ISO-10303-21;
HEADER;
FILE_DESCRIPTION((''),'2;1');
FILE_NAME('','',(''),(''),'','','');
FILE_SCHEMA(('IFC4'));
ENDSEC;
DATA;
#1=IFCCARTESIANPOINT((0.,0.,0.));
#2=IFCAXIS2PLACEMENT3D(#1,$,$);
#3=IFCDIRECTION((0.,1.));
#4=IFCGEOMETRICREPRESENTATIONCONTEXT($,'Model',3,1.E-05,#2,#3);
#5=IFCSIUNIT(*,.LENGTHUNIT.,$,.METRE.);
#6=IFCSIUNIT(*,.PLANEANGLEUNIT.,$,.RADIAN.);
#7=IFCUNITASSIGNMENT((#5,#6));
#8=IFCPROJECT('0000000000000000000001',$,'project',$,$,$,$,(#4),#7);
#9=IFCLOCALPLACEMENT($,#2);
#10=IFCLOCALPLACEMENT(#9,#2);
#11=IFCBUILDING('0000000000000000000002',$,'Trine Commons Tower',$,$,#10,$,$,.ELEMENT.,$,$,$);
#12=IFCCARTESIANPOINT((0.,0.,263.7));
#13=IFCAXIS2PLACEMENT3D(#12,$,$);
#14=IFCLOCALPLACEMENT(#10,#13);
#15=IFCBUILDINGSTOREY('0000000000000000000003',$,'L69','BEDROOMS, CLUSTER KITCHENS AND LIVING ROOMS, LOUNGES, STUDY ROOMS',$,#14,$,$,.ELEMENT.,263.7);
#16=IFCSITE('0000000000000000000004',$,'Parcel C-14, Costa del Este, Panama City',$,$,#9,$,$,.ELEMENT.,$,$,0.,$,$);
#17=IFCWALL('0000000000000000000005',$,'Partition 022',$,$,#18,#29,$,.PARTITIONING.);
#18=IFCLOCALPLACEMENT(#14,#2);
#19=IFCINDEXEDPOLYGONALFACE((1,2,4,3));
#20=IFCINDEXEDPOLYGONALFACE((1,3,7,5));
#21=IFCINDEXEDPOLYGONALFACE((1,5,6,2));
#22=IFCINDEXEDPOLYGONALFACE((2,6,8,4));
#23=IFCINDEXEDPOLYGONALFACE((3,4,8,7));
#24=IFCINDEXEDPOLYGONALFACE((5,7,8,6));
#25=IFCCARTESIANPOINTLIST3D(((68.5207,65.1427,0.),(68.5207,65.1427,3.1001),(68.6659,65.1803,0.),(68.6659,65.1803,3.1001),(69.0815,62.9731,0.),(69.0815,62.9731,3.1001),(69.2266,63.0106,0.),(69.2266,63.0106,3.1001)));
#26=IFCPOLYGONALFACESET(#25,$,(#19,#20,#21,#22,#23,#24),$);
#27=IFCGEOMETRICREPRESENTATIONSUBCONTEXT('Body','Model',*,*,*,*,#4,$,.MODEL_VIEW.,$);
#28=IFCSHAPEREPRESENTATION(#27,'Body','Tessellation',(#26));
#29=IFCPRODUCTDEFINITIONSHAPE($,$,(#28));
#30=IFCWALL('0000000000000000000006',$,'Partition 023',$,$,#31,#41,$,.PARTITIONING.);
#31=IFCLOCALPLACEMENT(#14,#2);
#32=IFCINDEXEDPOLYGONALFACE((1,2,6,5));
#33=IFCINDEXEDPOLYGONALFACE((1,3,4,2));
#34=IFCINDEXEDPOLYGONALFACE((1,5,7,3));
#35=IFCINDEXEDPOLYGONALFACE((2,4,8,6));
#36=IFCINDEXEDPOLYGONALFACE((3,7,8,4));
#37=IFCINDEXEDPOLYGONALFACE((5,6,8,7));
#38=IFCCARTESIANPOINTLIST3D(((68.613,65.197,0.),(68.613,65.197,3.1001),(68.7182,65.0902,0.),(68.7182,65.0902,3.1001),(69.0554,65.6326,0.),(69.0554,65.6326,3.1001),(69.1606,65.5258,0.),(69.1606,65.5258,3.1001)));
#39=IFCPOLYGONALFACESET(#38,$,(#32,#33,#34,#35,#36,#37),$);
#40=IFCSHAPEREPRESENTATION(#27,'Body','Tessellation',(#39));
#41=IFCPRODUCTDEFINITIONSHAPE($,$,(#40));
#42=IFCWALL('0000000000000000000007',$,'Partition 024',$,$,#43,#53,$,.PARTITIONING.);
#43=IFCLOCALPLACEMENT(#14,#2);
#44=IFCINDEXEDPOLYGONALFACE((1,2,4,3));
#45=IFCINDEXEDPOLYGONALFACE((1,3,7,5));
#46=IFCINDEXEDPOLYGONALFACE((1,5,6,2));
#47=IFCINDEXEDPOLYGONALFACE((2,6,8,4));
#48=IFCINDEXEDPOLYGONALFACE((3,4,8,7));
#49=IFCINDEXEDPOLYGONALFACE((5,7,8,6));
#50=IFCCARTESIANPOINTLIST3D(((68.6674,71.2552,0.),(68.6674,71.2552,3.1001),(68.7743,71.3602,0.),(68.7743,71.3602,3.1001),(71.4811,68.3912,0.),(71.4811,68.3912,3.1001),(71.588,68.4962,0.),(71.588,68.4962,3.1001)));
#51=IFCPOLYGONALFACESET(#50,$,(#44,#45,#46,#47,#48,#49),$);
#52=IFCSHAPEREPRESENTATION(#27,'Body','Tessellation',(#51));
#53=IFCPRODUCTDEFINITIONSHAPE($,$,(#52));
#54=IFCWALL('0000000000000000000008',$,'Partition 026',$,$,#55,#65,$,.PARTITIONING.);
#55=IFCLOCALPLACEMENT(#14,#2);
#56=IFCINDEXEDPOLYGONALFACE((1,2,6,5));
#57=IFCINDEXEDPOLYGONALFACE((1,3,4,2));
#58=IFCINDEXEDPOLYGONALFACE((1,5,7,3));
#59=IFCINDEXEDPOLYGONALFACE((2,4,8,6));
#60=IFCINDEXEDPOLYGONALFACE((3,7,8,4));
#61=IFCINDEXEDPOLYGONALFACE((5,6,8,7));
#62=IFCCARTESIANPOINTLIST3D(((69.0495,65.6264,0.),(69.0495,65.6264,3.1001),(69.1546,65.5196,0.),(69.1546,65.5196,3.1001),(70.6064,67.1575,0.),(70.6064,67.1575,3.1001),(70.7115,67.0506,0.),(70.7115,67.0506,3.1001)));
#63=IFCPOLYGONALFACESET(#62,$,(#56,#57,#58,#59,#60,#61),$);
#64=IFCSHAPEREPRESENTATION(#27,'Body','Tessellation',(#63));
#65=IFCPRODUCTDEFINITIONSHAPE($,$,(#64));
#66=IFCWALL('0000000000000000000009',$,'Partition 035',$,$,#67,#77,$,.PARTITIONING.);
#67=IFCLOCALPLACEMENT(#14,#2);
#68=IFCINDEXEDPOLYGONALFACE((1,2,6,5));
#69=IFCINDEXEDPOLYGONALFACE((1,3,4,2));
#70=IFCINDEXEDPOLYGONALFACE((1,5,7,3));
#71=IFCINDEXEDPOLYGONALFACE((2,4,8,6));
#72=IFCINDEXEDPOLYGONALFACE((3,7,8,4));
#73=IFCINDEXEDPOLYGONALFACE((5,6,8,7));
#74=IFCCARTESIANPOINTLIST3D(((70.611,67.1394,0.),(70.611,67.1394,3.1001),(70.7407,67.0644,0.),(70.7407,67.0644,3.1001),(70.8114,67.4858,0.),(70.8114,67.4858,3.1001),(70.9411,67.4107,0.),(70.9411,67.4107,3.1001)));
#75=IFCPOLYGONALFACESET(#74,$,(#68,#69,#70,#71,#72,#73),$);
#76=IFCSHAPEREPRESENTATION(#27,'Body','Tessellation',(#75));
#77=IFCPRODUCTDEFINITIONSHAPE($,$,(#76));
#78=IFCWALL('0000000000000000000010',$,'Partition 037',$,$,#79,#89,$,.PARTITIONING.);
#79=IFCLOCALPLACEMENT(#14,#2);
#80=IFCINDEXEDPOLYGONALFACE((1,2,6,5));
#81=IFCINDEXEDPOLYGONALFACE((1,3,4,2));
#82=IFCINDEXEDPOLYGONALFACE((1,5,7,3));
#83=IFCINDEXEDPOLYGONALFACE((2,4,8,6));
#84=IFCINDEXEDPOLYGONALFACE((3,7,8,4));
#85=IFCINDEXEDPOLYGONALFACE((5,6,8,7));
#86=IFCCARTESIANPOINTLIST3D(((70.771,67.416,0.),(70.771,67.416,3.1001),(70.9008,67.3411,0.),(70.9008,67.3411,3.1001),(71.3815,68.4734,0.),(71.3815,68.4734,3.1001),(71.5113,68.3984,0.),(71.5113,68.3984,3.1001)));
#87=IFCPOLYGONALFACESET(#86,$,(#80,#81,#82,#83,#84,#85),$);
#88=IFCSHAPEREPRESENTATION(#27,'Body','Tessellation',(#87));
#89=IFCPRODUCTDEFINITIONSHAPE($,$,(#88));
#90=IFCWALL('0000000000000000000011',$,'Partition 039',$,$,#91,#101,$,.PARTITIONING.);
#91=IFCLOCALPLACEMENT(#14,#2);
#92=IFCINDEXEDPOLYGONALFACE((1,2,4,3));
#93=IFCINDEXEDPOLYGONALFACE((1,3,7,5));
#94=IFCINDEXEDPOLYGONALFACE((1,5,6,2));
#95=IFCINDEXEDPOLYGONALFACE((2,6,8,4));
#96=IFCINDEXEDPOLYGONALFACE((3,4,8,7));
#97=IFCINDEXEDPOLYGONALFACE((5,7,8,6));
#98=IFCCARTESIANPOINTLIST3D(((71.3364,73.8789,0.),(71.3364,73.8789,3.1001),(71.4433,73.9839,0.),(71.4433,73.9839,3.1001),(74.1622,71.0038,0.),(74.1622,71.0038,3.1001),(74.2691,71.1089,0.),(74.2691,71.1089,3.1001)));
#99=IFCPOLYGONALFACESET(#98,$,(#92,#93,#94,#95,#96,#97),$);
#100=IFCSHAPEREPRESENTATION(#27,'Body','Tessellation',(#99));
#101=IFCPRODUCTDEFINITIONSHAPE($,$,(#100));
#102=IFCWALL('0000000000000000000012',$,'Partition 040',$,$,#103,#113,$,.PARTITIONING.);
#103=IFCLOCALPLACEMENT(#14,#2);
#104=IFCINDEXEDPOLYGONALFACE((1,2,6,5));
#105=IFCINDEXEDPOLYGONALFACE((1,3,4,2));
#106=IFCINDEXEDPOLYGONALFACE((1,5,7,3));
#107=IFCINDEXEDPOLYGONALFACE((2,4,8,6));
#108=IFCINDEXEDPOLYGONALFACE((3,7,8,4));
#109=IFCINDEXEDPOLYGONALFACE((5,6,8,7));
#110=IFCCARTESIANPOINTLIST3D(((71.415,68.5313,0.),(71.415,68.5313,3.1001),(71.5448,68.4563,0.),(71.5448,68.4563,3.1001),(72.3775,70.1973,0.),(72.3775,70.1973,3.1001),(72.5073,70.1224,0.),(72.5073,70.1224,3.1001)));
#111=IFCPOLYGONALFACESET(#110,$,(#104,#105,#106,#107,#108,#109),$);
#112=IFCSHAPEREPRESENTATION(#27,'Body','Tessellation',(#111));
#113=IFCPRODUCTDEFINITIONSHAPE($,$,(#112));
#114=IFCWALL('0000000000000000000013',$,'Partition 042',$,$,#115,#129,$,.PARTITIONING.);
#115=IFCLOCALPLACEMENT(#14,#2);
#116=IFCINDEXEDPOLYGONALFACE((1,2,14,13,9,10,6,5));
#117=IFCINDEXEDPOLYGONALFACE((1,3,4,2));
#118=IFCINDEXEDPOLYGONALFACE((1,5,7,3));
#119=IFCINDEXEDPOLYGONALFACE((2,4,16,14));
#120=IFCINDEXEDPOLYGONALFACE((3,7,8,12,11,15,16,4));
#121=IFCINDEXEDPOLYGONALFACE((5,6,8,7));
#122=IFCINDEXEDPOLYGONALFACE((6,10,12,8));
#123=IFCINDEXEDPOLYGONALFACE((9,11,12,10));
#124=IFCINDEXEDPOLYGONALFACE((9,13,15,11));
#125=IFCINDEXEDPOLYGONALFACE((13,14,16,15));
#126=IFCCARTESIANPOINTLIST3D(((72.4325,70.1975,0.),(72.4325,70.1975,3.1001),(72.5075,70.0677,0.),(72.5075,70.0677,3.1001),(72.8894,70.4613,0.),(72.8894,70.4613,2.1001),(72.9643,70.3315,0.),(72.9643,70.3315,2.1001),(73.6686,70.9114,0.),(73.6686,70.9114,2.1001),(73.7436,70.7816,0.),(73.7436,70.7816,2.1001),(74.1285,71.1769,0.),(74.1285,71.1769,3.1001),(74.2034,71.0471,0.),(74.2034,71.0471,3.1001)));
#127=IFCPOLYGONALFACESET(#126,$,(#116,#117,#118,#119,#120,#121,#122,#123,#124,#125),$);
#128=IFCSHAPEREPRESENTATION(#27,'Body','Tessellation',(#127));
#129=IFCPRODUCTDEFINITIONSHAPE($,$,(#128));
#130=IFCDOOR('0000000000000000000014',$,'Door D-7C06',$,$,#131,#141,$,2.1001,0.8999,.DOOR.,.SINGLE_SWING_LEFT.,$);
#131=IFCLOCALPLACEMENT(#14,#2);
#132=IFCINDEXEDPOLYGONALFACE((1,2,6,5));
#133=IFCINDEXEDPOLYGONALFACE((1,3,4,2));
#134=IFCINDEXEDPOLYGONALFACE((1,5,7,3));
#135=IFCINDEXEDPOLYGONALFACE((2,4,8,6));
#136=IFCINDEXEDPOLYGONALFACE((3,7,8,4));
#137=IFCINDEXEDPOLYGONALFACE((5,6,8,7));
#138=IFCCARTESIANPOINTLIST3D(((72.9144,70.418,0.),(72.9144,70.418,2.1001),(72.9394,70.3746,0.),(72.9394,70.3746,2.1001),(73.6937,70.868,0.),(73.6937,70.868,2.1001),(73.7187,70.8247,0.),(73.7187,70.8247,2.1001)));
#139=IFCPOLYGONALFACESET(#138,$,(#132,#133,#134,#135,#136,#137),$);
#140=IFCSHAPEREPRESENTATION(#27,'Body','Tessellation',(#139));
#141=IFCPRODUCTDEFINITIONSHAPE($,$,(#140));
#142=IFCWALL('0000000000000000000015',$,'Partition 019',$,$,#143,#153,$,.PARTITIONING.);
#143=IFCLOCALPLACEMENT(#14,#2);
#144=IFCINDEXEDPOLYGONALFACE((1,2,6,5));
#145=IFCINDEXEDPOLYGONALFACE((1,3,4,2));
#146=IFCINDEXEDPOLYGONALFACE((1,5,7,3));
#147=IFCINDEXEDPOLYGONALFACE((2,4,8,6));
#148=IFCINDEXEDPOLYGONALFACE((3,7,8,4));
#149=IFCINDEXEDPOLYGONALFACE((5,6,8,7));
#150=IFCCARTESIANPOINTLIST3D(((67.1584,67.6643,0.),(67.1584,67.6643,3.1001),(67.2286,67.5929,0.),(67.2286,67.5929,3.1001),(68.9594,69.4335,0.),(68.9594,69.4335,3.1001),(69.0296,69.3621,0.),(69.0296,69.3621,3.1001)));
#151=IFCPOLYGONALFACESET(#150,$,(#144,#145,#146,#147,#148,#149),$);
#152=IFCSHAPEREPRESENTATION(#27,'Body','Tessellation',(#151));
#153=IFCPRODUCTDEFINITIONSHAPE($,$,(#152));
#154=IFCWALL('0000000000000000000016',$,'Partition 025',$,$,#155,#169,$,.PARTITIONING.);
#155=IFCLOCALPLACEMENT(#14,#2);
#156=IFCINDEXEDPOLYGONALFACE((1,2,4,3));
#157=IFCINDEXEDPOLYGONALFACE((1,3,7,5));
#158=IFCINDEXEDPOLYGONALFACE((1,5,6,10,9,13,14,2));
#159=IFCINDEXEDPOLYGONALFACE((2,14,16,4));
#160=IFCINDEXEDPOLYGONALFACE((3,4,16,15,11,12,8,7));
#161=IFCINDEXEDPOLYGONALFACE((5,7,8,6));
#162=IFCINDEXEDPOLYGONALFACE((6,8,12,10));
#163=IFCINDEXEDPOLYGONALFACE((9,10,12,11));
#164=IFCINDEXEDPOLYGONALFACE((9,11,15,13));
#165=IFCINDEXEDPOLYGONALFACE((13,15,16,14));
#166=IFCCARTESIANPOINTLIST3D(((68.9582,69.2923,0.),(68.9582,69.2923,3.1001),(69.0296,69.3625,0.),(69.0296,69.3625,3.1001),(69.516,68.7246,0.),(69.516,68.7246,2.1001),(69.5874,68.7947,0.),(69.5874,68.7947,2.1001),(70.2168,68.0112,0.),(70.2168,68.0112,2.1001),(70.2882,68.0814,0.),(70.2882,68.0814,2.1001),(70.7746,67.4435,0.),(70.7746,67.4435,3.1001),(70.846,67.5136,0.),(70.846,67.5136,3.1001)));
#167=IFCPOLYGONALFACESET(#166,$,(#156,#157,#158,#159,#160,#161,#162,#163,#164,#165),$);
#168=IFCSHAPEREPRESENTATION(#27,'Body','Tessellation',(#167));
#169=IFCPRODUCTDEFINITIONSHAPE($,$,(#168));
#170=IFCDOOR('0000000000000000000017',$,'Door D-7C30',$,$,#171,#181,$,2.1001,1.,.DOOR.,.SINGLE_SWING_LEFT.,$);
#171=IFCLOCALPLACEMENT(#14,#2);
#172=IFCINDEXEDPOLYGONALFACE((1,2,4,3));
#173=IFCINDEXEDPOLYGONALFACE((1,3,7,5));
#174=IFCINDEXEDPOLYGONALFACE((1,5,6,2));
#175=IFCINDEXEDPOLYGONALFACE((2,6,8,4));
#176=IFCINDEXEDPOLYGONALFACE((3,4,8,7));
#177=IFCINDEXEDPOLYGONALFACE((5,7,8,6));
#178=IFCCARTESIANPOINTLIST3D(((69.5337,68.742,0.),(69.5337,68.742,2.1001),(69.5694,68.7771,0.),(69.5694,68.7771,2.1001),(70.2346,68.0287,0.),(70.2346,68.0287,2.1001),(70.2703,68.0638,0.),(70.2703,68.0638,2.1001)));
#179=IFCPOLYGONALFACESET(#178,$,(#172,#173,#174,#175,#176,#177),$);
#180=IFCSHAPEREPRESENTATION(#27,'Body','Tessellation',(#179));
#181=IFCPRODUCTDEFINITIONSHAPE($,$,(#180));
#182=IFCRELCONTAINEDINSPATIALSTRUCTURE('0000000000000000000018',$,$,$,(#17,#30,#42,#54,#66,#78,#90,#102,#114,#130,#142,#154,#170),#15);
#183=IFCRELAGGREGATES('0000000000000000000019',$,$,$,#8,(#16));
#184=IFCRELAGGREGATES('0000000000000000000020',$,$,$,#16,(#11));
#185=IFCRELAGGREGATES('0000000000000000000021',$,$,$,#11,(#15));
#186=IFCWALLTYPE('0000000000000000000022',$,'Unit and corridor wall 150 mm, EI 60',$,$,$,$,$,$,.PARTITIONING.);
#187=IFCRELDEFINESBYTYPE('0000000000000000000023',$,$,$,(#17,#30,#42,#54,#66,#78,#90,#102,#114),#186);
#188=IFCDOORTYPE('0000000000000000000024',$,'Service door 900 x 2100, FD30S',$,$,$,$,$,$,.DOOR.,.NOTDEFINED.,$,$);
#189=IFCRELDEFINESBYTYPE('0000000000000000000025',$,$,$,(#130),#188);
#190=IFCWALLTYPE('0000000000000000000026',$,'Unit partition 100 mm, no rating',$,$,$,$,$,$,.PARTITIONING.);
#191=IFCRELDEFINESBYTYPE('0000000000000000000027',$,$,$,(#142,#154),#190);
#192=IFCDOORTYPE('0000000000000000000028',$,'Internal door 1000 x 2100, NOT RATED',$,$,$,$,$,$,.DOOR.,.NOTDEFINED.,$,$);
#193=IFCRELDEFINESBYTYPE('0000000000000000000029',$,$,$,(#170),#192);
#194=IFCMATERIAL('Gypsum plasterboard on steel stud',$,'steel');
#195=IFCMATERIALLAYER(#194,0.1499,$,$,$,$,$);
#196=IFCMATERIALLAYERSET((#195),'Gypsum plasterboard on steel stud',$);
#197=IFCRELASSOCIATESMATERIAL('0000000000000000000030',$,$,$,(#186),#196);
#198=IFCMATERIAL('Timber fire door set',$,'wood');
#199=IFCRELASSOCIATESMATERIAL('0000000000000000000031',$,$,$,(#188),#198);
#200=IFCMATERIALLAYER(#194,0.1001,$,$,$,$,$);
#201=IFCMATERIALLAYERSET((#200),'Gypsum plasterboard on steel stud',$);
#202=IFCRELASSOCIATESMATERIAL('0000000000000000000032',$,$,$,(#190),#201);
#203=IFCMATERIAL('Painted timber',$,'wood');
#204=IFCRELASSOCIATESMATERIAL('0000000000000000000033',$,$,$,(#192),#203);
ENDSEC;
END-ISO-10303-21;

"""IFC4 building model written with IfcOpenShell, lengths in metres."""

from ifc_helpers import new_model, si_unit, direction, frame, frame_2d, origin, place, context, subcontext, project, spatial, rectangle, extrude, material, layer, layer_set, type_object, element, fill, save


model = new_model("IFC4")

# Units and contexts
model_context = context("Model", 3, precision=1e-05, world=origin(), true_north=direction((0.0, 1.0)))
body_context = subcontext(model_context, "Body", "Model", "MODEL_VIEW")
ifc_project = project(units=[si_unit("LENGTHUNIT", "METRE"), si_unit("PLANEANGLEUNIT", "RADIAN")], contexts=[model_context])

# Site, building, storey
site_placement = place(None, origin())
site = spatial("IfcSite", under=ifc_project, at=site_placement, Name="Parcel C-14, Costa del Este, Panama City", CompositionType="ELEMENT", RefElevation=0.0)
building_placement = place(site_placement, origin())
building = spatial("IfcBuilding", under=site, at=building_placement, Name="Trine Commons Tower", CompositionType="ELEMENT")
storey_placement = place(building_placement, frame((0.0, 0.0, 263.7)))
storey = spatial("IfcBuildingStorey", under=building, at=storey_placement, Name="L69", Description="BEDROOMS, CLUSTER KITCHENS AND LIVING ROOMS, LOUNGES, STUDY ROOMS", CompositionType="ELEMENT", Elevation=263.7)

# Shared definitions
ifc_material_1 = material(Name="Gypsum plasterboard on steel stud", Category="steel")
ifc_layer_1 = layer(ifc_material_1, 0.1499)
ifc_layer_set_1 = layer_set([ifc_layer_1], Name="Gypsum plasterboard on steel stud")
wall_type_1 = type_object("IfcWallType", Name="Unit and corridor wall 150 mm, EI 60", PredefinedType="PARTITIONING", material=ifc_layer_set_1)
ifc_material_2 = material(Name="Timber fire door set", Category="wood")

# Walls
wall_1_placement = place(storey_placement, frame((68.5933, 65.1616, 0.0), z_axis=(0.0, 0.0, 1.0), x_axis=(0.250244, -0.968183, 0.0)))
element("IfcWall", 1, at=wall_1_placement, inside=storey, type_object=wall_type_1, Name="Partition 022", PredefinedType="PARTITIONING", context=body_context, shape_type="SweptSolid", body=[
    extrude(rectangle(XDim=2.241, YDim=0.1499, at=frame_2d((1.1206, 0.0))), origin(), (0.0, 0.0, 1.0), 3.1001),
])
wall_2_placement = place(storey_placement, frame((68.6655, 65.1436, 0.0), z_axis=(0.0, 0.0, 1.0), x_axis=(0.712591, 0.70158, 0.0)))
element("IfcWall", 2, at=wall_2_placement, inside=storey, type_object=wall_type_1, Name="Partition 023", PredefinedType="PARTITIONING", context=body_context, shape_type="SweptSolid", body=[
    extrude(rectangle(XDim=0.6208, YDim=0.1499, at=frame_2d((0.3105, 0.0))), origin(), (0.0, 0.0, 1.0), 3.1001),
])
wall_3_placement = place(storey_placement, frame((68.7209, 71.3076, 0.0), z_axis=(0.0, 0.0, 1.0), x_axis=(0.700816, -0.713342, 0.0)))
element("IfcWall", 3, at=wall_3_placement, inside=storey, type_object=wall_type_1, Name="Partition 024", PredefinedType="PARTITIONING", context=body_context, shape_type="SweptSolid", body=[
    extrude(rectangle(XDim=4.0149, YDim=0.1499, at=frame_2d((2.0073, 0.0))), origin(), (0.0, 0.0, 1.0), 3.1001),
])
wall_4_placement = place(storey_placement, frame((69.1021, 65.573, 0.0), z_axis=(0.0, 0.0, 1.0), x_axis=(0.713008, 0.701156, 0.0)))
element("IfcWall", 4, at=wall_4_placement, inside=storey, type_object=wall_type_1, Name="Partition 026", PredefinedType="PARTITIONING", context=body_context, shape_type="SweptSolid", body=[
    extrude(rectangle(XDim=2.1836, YDim=0.1499, at=frame_2d((1.0918, 0.0))), origin(), (0.0, 0.0, 1.0), 3.1001),
])
wall_5_placement = place(storey_placement, frame((70.6758, 67.1018, 0.0), z_axis=(0.0, 0.0, 1.0), x_axis=(0.500796, 0.865565, 0.0)))
element("IfcWall", 5, at=wall_5_placement, inside=storey, type_object=wall_type_1, Name="Partition 035", PredefinedType="PARTITIONING", context=body_context, shape_type="SweptSolid", body=[
    extrude(rectangle(XDim=0.4001, YDim=0.1499, at=frame_2d((0.2002, 0.0))), origin(), (0.0, 0.0, 1.0), 3.1001),
])
wall_6_placement = place(storey_placement, frame((70.8359, 67.3787, 0.0), z_axis=(0.0, 0.0, 1.0), x_axis=(0.500074, 0.865982, 0.0)))
element("IfcWall", 6, at=wall_6_placement, inside=storey, type_object=wall_type_1, Name="Partition 037", PredefinedType="PARTITIONING", context=body_context, shape_type="SweptSolid", body=[
    extrude(rectangle(XDim=1.2209, YDim=0.1499, at=frame_2d((0.6104, 0.0))), origin(), (0.0, 0.0, 1.0), 3.1001),
])
wall_7_placement = place(storey_placement, frame((71.3899, 73.9314, 0.0), z_axis=(0.0, 0.0, 1.0), x_axis=(0.700963, -0.713197, 0.0)))
element("IfcWall", 7, at=wall_7_placement, inside=storey, type_object=wall_type_1, Name="Partition 039", PredefinedType="PARTITIONING", context=body_context, shape_type="SweptSolid", body=[
    extrude(rectangle(XDim=4.0312, YDim=0.1499, at=frame_2d((2.0156, 0.0))), origin(), (0.0, 0.0, 1.0), 3.1001),
])
wall_8_placement = place(storey_placement, frame((71.48, 68.4939, 0.0), z_axis=(0.0, 0.0, 1.0), x_axis=(0.500206, 0.865907, 0.0)))
element("IfcWall", 8, at=wall_8_placement, inside=storey, type_object=wall_type_1, Name="Partition 040", PredefinedType="PARTITIONING", context=body_context, shape_type="SweptSolid", body=[
    extrude(rectangle(XDim=1.9241, YDim=0.1499, at=frame_2d((0.9619, 0.0))), origin(), (0.0, 0.0, 1.0), 3.1001),
])

# Wall, opening, door
wall_9_placement = place(storey_placement, frame((72.47, 70.1326, 0.0), z_axis=(0.0, 0.0, 1.0), x_axis=(0.865963, 0.500107, 0.0)))
wall_9 = element("IfcWall", 9, at=wall_9_placement, inside=storey, type_object=wall_type_1, Name="Partition 042", PredefinedType="PARTITIONING", context=body_context, shape_type="SweptSolid", body=[
    extrude(rectangle(XDim=1.9585, YDim=0.1499, at=frame_2d((0.9792, 0.0))), origin(), (0.0, 0.0, 1.0), 3.1001),
])
opening_1_placement = place(wall_9_placement, frame((0.5276, 0.0, 0.0)))
opening_1 = element("IfcOpeningElement", 10, at=opening_1_placement, cuts=wall_9, PredefinedType="OPENING", context=body_context, shape_type="SweptSolid", body=[
    extrude(rectangle(XDim=0.8999, YDim=2.1001, at=frame_2d((0.45, 1.05))), frame((0.0, 0.085, 0.0), z_axis=(0.0, -1.0, 0.0), x_axis=(1.0, 0.0, 0.0)), (0.0, 0.0, 1.0), 0.1699),
])
door_type_1 = type_object("IfcDoorType", Name="Service door 900 x 2100, FD30S", OperationType="NOTDEFINED", PredefinedType="DOOR", material=ifc_material_2)
door_1_placement = place(opening_1_placement, origin())
door_1 = element("IfcDoor", 11, at=door_1_placement, inside=storey, type_object=door_type_1, Name="Door D-7C06", OperationType="SINGLE_SWING_LEFT", OverallHeight=2.1001, OverallWidth=0.8999, PredefinedType="DOOR", context=body_context, shape_type="SweptSolid", body=[
    extrude(rectangle(XDim=0.8999, YDim=2.1001, at=frame_2d((0.45, 1.05))), frame((0.0, 0.0249, 0.0), z_axis=(0.0, -1.0, 0.0), x_axis=(1.0, 0.0, 0.0)), (0.0, 0.0, 1.0), 0.05),
])
fill(opening_1, door_1)

# Wall
ifc_layer_2 = layer(ifc_material_1, 0.1001)
ifc_layer_set_2 = layer_set([ifc_layer_2], Name="Gypsum plasterboard on steel stud")
wall_type_2 = type_object("IfcWallType", Name="Unit partition 100 mm, no rating", PredefinedType="PARTITIONING", material=ifc_layer_set_2)
wall_10_placement = place(storey_placement, frame((67.1936, 67.6287, 0.0), z_axis=(0.0, 0.0, 1.0), x_axis=(0.713364, 0.700793, 0.0)))
element("IfcWall", 12, at=wall_10_placement, inside=storey, type_object=wall_type_2, Name="Partition 019", PredefinedType="PARTITIONING", context=body_context, shape_type="SweptSolid", body=[
    extrude(rectangle(XDim=2.5247, YDim=0.1001, at=frame_2d((1.2622, 0.0))), origin(), (0.0, 0.0, 1.0), 3.1001),
])

# Wall, opening, door
wall_11_placement = place(storey_placement, frame((68.9939, 69.3274, 0.0), z_axis=(0.0, 0.0, 1.0), x_axis=(0.700815, -0.713343, 0.0)))
wall_11 = element("IfcWall", 13, at=wall_11_placement, inside=storey, type_object=wall_type_2, Name="Partition 025", PredefinedType="PARTITIONING", context=body_context, shape_type="SweptSolid", body=[
    extrude(rectangle(XDim=2.5918, YDim=0.1001, at=frame_2d((1.2959, 0.0))), origin(), (0.0, 0.0, 1.0), 3.1001),
])
opening_2_placement = place(wall_11_placement, frame((0.7959, 0.0, 0.0)))
opening_2 = element("IfcOpeningElement", 14, at=opening_2_placement, cuts=wall_11, PredefinedType="OPENING", context=body_context, shape_type="SweptSolid", body=[
    extrude(rectangle(XDim=1.0, YDim=2.1001, at=frame_2d((0.5, 1.05))), frame((0.0, 0.0601, 0.0), z_axis=(0.0, -1.0, 0.0), x_axis=(1.0, 0.0, 0.0)), (0.0, 0.0, 1.0), 0.1201),
])
ifc_material_3 = material(Name="Painted timber", Category="wood")
door_type_2 = type_object("IfcDoorType", Name="Internal door 1000 x 2100, NOT RATED", OperationType="NOTDEFINED", PredefinedType="DOOR", material=ifc_material_3)
door_2_placement = place(opening_2_placement, origin())
door_2 = element("IfcDoor", 15, at=door_2_placement, inside=storey, type_object=door_type_2, Name="Door D-7C30", OperationType="SINGLE_SWING_LEFT", OverallHeight=2.1001, OverallWidth=1.0, PredefinedType="DOOR", context=body_context, shape_type="SweptSolid", body=[
    extrude(rectangle(XDim=1.0, YDim=2.1001, at=frame_2d((0.5, 1.05))), frame((0.0, 0.0249, 0.0), z_axis=(0.0, -1.0, 0.0), x_axis=(1.0, 0.0, 0.0)), (0.0, 0.0, 1.0), 0.05),
])
fill(opening_2, door_2)

save(model, "model.ifc")
